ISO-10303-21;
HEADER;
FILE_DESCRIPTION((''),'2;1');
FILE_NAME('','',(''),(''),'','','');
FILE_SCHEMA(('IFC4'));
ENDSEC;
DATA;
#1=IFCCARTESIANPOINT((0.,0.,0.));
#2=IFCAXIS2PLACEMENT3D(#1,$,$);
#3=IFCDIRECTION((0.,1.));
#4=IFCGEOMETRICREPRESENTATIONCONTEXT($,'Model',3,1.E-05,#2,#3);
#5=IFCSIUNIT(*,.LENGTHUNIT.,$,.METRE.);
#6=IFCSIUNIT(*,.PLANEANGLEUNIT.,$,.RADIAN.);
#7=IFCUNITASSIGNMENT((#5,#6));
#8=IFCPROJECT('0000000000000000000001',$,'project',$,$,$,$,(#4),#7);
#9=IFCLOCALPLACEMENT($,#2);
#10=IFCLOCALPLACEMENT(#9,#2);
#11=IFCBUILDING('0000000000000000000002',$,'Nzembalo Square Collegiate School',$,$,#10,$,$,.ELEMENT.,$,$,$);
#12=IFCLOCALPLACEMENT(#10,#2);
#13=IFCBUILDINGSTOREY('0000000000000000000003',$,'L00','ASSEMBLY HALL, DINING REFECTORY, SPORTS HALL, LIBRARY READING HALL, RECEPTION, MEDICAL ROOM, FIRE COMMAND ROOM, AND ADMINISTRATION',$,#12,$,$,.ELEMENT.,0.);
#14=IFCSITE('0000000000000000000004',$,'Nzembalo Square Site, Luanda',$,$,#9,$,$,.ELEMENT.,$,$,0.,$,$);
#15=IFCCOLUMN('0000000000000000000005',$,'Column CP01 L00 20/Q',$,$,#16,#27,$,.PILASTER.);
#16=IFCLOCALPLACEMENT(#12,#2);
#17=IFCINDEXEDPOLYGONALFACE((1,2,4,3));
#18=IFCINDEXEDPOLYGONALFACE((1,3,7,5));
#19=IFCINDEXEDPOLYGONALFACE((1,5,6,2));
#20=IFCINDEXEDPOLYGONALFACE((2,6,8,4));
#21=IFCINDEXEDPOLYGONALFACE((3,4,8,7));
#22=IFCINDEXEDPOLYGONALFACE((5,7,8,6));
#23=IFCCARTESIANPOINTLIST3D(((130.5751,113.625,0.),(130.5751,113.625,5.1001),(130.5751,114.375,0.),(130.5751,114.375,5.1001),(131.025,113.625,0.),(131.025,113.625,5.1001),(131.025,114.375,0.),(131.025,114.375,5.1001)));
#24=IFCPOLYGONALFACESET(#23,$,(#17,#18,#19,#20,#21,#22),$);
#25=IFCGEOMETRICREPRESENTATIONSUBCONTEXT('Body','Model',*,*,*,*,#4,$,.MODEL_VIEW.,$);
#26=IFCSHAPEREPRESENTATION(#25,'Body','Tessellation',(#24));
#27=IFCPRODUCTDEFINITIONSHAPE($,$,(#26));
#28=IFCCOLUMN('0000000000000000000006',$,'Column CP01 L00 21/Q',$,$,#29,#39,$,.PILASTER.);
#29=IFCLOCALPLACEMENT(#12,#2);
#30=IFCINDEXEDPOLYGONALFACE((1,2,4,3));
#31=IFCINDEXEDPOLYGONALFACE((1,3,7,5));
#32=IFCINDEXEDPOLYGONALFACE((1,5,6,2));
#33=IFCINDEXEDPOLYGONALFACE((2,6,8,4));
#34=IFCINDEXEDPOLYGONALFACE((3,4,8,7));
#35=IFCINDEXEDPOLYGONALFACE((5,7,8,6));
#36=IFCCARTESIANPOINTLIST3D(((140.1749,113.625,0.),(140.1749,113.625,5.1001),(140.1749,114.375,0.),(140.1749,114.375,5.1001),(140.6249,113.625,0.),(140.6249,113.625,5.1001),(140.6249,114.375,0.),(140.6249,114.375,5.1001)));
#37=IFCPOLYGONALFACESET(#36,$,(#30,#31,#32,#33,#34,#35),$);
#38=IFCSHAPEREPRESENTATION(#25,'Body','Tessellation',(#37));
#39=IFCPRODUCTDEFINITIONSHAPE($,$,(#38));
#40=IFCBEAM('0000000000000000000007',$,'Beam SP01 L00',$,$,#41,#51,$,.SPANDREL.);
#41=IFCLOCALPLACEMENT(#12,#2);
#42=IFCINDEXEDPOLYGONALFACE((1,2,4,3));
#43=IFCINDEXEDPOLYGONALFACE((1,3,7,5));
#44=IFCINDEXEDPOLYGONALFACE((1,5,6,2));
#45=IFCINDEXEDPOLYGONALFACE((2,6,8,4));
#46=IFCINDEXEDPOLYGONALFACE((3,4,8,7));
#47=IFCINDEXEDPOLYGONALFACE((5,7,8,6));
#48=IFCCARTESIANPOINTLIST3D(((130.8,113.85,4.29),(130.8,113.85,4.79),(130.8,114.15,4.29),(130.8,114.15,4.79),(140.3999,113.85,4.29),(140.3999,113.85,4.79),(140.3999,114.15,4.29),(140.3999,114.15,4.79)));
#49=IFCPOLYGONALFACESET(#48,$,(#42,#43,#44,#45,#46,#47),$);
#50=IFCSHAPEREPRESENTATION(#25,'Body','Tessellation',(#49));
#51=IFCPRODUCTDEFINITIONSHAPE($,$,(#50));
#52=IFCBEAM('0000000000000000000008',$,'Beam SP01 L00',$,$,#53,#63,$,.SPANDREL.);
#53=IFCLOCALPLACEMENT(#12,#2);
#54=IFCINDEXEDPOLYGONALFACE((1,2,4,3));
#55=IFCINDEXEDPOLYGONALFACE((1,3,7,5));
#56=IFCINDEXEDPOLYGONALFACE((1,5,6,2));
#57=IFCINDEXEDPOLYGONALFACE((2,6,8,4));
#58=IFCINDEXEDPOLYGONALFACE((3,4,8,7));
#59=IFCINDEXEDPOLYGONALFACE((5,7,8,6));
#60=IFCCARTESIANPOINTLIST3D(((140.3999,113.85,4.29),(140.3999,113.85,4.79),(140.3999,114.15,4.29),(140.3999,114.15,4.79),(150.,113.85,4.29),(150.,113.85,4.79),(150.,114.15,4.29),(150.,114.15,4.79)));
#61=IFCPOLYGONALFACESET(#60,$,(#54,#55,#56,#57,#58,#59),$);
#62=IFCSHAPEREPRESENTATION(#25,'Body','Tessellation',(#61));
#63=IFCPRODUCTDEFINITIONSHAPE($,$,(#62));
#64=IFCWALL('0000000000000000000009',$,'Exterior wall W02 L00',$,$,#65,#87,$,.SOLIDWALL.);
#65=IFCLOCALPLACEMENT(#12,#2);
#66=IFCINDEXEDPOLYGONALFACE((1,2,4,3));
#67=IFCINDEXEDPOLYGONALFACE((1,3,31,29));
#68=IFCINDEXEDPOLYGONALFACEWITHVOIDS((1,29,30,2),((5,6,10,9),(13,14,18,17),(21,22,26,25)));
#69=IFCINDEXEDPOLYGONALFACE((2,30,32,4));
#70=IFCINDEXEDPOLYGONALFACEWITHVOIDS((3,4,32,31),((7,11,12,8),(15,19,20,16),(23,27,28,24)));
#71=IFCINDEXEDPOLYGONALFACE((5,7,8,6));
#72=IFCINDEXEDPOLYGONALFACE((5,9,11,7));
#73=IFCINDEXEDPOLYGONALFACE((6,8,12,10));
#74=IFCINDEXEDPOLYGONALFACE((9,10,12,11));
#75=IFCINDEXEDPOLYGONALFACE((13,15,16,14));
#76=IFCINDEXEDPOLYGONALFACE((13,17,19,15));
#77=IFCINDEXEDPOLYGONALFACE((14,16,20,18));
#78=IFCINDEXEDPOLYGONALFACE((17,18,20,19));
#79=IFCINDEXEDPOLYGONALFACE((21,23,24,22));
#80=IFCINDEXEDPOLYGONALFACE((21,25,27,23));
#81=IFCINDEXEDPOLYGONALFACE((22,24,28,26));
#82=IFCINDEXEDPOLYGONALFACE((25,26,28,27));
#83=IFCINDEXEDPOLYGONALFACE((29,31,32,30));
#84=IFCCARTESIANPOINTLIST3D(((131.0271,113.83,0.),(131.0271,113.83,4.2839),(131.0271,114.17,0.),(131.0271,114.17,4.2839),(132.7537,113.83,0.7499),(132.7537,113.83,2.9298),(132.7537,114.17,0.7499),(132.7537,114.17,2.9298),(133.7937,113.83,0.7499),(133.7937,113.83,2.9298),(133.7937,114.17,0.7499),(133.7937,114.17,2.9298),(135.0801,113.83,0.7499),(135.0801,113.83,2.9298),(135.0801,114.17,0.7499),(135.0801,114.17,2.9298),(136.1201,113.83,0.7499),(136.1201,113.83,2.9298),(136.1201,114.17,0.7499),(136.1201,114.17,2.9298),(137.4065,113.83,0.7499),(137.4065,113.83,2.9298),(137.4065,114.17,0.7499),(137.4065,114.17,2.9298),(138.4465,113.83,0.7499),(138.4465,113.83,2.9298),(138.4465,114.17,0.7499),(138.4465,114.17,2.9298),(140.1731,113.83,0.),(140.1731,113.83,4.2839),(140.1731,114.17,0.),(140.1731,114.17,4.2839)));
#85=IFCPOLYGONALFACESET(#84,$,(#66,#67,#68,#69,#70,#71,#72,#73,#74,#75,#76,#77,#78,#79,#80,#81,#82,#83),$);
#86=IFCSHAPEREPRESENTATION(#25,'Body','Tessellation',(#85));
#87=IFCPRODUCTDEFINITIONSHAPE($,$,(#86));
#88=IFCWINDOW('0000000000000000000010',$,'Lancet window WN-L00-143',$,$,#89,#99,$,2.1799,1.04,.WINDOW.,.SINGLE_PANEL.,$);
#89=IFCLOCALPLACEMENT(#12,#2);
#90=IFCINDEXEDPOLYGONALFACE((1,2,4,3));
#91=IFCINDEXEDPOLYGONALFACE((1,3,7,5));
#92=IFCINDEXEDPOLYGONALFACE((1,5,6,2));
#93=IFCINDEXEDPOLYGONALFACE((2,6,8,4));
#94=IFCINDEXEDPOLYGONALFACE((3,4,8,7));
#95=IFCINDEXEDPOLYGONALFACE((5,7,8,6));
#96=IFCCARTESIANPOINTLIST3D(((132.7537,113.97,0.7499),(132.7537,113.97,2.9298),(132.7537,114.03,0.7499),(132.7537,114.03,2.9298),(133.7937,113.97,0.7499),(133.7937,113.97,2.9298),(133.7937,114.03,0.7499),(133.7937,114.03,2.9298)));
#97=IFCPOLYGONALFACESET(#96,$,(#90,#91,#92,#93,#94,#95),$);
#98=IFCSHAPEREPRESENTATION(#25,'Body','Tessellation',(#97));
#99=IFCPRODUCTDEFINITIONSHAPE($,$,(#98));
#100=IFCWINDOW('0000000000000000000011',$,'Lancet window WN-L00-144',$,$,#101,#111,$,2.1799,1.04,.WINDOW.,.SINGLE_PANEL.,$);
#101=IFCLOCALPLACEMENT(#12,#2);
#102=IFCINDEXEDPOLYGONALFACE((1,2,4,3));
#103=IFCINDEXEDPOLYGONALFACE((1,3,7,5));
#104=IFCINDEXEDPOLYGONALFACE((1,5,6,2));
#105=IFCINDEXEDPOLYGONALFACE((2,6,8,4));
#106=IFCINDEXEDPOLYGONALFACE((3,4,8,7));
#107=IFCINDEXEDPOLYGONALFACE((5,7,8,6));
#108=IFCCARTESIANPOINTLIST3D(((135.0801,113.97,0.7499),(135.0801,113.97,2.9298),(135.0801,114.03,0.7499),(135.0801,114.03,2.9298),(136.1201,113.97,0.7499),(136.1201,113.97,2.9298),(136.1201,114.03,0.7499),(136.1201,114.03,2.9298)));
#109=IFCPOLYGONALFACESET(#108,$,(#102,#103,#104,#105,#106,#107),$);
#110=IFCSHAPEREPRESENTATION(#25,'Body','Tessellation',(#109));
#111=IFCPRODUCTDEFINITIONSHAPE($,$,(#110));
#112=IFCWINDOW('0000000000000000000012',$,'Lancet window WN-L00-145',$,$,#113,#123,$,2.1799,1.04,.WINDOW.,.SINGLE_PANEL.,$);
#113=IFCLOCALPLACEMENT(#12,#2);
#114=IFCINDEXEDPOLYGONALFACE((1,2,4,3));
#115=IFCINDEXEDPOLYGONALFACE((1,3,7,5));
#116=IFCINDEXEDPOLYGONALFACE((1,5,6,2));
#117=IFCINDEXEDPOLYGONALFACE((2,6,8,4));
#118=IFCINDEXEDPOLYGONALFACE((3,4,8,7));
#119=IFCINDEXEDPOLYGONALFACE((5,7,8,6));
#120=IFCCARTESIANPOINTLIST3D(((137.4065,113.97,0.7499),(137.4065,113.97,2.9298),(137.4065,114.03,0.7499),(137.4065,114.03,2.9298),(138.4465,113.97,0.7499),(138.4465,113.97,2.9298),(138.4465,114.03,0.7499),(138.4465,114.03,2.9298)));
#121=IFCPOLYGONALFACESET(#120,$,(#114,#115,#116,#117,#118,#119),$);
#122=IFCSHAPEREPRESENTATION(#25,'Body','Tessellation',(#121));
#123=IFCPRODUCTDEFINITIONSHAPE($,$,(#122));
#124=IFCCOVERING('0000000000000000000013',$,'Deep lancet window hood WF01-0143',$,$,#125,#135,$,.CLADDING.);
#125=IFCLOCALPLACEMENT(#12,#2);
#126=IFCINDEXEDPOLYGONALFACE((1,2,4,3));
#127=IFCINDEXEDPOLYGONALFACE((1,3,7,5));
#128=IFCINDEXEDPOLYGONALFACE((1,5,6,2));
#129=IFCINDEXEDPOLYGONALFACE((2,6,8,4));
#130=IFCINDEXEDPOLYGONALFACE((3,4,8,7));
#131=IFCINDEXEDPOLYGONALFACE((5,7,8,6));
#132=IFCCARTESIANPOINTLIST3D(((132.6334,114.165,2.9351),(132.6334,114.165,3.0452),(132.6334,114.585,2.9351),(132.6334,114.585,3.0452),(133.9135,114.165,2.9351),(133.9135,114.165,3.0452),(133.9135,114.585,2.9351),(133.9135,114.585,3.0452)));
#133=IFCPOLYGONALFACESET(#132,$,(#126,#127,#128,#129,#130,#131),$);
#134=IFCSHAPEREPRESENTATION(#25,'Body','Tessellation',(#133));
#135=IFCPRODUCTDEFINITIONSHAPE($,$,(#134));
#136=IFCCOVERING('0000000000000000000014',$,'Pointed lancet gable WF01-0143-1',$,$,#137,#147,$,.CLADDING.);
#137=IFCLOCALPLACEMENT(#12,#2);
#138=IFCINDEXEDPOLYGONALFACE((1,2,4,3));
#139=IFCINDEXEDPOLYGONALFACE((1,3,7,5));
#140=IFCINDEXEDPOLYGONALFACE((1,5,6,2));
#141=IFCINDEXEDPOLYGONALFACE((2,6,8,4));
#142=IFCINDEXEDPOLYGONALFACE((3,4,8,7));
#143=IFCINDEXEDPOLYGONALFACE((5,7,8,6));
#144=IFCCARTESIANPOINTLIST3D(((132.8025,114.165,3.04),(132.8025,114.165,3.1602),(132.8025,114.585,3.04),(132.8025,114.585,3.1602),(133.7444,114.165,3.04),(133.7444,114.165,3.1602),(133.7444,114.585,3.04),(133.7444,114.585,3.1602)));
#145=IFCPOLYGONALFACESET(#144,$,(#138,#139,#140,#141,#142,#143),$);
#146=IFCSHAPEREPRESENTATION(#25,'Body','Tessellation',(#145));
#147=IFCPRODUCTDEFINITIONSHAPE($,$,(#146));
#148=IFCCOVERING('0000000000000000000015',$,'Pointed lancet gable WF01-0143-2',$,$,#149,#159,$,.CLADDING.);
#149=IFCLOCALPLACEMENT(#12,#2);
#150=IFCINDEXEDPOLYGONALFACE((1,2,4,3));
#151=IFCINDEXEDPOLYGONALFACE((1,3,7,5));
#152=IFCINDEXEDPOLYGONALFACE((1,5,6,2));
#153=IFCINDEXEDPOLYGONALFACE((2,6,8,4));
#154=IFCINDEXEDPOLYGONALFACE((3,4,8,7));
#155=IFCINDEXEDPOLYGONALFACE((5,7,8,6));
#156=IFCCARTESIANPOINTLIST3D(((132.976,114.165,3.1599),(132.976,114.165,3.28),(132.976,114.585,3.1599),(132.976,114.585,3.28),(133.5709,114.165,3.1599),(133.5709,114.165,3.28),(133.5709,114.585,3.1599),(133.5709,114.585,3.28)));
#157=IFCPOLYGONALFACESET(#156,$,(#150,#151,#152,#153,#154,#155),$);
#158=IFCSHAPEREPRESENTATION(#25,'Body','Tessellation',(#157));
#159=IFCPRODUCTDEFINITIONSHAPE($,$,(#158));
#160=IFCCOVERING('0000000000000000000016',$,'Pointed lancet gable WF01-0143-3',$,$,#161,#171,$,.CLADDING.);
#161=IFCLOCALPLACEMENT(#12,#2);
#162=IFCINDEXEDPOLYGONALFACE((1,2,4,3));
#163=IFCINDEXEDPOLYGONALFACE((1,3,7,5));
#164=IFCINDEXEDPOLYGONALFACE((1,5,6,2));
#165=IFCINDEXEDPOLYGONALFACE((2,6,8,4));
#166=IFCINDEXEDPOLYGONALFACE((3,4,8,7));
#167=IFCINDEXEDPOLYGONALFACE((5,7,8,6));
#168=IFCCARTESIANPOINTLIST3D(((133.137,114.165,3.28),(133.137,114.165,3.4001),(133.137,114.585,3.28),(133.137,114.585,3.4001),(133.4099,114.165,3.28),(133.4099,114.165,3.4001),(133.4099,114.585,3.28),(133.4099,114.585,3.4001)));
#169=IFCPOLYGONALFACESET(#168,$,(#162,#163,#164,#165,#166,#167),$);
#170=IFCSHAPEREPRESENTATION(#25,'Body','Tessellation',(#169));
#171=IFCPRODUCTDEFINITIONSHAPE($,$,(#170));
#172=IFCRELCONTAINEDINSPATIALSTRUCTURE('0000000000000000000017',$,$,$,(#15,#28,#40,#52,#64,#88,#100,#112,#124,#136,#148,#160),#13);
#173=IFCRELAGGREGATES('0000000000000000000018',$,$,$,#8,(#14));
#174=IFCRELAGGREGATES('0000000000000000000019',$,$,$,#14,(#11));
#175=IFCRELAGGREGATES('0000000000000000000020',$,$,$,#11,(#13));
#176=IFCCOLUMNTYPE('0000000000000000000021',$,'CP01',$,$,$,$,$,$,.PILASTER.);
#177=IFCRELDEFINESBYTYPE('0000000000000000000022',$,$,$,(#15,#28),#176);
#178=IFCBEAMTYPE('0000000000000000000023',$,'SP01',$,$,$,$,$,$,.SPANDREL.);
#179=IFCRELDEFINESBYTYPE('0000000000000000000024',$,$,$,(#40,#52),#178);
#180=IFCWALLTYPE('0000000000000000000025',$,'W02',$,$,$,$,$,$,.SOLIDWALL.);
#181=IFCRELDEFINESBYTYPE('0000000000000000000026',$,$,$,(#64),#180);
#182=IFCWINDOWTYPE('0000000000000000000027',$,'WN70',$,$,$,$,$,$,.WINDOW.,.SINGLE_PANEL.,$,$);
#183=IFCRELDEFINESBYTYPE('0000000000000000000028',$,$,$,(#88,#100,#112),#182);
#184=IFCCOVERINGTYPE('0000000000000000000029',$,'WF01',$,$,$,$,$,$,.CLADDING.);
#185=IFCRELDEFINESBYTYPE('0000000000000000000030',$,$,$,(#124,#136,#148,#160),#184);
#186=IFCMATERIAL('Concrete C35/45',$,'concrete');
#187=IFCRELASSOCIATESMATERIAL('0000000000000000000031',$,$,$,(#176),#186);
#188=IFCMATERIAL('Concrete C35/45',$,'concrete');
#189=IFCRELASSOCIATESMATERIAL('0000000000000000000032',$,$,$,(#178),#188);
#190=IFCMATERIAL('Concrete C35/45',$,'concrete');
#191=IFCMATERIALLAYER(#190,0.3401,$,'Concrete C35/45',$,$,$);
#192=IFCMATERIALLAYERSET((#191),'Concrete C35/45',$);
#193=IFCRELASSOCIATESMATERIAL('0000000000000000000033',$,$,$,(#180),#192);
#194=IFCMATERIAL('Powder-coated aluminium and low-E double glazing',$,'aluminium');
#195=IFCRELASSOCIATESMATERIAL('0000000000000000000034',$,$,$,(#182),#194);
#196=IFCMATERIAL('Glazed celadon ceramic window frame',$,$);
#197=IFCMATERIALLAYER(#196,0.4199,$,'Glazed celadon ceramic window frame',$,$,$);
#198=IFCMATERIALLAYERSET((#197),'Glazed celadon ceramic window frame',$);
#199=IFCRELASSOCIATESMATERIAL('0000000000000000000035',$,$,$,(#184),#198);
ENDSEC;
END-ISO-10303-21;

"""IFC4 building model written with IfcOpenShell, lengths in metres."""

from ifc_helpers import new_model, si_unit, direction, frame, frame_2d, origin, origin_2d, place, context, subcontext, project, spatial, rectangle, extrude, material, layer, layer_set, material_profile, profile_set, type_object, element, fill, save


model = new_model("IFC4")

# Units and contexts
model_context = context("Model", 3, precision=1e-05, world=origin(), true_north=direction((0.0, 1.0)))
body_context = subcontext(model_context, "Body", "Model", "MODEL_VIEW")
ifc_project = project(units=[si_unit("LENGTHUNIT", "METRE"), si_unit("PLANEANGLEUNIT", "RADIAN")], contexts=[model_context])

# Site, building, storey
site_placement = place(None, origin())
site = spatial("IfcSite", under=ifc_project, at=site_placement, Name="Nzembalo Square Site, Luanda", CompositionType="ELEMENT", RefElevation=0.0)
building_placement = place(site_placement, origin())
building = spatial("IfcBuilding", under=site, at=building_placement, Name="Nzembalo Square Collegiate School", CompositionType="ELEMENT")
storey_placement = place(building_placement, origin())
storey = spatial("IfcBuildingStorey", under=building, at=storey_placement, Name="L00", Description="ASSEMBLY HALL, DINING REFECTORY, SPORTS HALL, LIBRARY READING HALL, RECEPTION, MEDICAL ROOM, FIRE COMMAND ROOM, AND ADMINISTRATION", CompositionType="ELEMENT", Elevation=0.0)

# Columns
ifc_material_1 = material(Name="Concrete C35/45", Category="concrete")
ifc_material_profile_1 = material_profile(ifc_material_1, rectangle(XDim=0.45, YDim=0.75, at=origin_2d()), Name="RC 450x750")
ifc_profile_set_1 = profile_set([ifc_material_profile_1], Name="Concrete C35/45")
column_type = type_object("IfcColumnType", Name="CP01", PredefinedType="PILASTER", material=ifc_profile_set_1)
for number, where, z_axis, x_axis, name in (
    (1, (130.8, 114.0, 0.0), (0.0, 0.0, 1.0), (1.0, 0.0, 0.0), "Column CP01 L00 20/Q"),
    (2, (140.3999, 114.0, 0.0), (0.0, 0.0, 1.0), (1.0, 0.0, 0.0), "Column CP01 L00 21/Q"),
):
    element("IfcColumn", number, at=place(storey_placement, frame(where, z_axis=z_axis, x_axis=x_axis)), inside=storey, type_object=column_type, Name=name, PredefinedType="PILASTER", context=body_context, shape_type="SweptSolid", body=[
        extrude(rectangle(XDim=0.45, YDim=0.75, at=origin_2d()), origin(), (0.0, 0.0, 1.0), 5.1001),
    ])

# Beams
ifc_material_2 = material(Name="Concrete C35/45", Category="concrete")
ifc_material_profile_2 = material_profile(ifc_material_2, rectangle(XDim=0.3, YDim=0.5, at=origin_2d()), Name="RC 300x500")
ifc_profile_set_2 = profile_set([ifc_material_profile_2], Name="Concrete C35/45")
beam_type = type_object("IfcBeamType", Name="SP01", PredefinedType="SPANDREL", material=ifc_profile_set_2)
beam_1_placement = place(storey_placement, frame((130.8, 114.0, 4.54), z_axis=(1.0, 0.0, 0.0), x_axis=(0.0, 1.0, 0.0)))
element("IfcBeam", 3, at=beam_1_placement, inside=storey, type_object=beam_type, Name="Beam SP01 L00", PredefinedType="SPANDREL", context=body_context, shape_type="SweptSolid", body=[
    extrude(rectangle(XDim=0.3, YDim=0.5, at=origin_2d()), origin(), (0.0, 0.0, 1.0), 9.5999),
])
beam_2_placement = place(storey_placement, frame((140.3999, 114.0, 4.54), z_axis=(1.0, 0.0, 0.0), x_axis=(0.0, 1.0, 0.0)))
element("IfcBeam", 4, at=beam_2_placement, inside=storey, type_object=beam_type, Name="Beam SP01 L00", PredefinedType="SPANDREL", context=body_context, shape_type="SweptSolid", body=[
    extrude(rectangle(XDim=0.3, YDim=0.5, at=origin_2d()), origin(), (0.0, 0.0, 1.0), 9.6001),
])

# Wall, openings, windows
ifc_material_3 = material(Name="Concrete C35/45", Category="concrete")
ifc_layer_1 = layer(ifc_material_3, 0.3401, Name="Concrete C35/45")
ifc_layer_set_1 = layer_set([ifc_layer_1], Name="Concrete C35/45")
wall_type = type_object("IfcWallType", Name="W02", PredefinedType="SOLIDWALL", material=ifc_layer_set_1)
wall_placement = place(storey_placement, frame((131.0271, 114.0, 0.0), z_axis=(0.0, 0.0, 1.0), x_axis=(1.0, 0.0, 0.0)))
wall = element("IfcWall", 5, at=wall_placement, inside=storey, type_object=wall_type, Name="Exterior wall W02 L00", PredefinedType="SOLIDWALL", context=body_context, shape_type="SweptSolid", body=[
    extrude(rectangle(XDim=9.146, YDim=0.3401, at=frame_2d((4.573, 0.0))), origin(), (0.0, 0.0, 1.0), 4.2839),
])
opening_1_placement = place(wall_placement, frame((1.7266, 0.0, 0.75)))
opening_1 = element("IfcOpeningElement", 6, at=opening_1_placement, cuts=wall, PredefinedType="OPENING", context=body_context, shape_type="SweptSolid", body=[
    extrude(rectangle(XDim=1.04, YDim=2.1799, at=frame_2d((0.52, 1.0898))), frame((0.0, 0.1802, 0.0), z_axis=(0.0, -1.0, 0.0), x_axis=(1.0, 0.0, 0.0)), (0.0, 0.0, 1.0), 0.3601),
])
opening_2_placement = place(wall_placement, frame((4.053, 0.0, 0.75)))
opening_2 = element("IfcOpeningElement", 7, at=opening_2_placement, cuts=wall, PredefinedType="OPENING", context=body_context, shape_type="SweptSolid", body=[
    extrude(rectangle(XDim=1.04, YDim=2.1799, at=frame_2d((0.52, 1.0898))), frame((0.0, 0.1802, 0.0), z_axis=(0.0, -1.0, 0.0), x_axis=(1.0, 0.0, 0.0)), (0.0, 0.0, 1.0), 0.3601),
])
opening_3_placement = place(wall_placement, frame((6.3794, 0.0, 0.75)))
opening_3 = element("IfcOpeningElement", 8, at=opening_3_placement, cuts=wall, PredefinedType="OPENING", context=body_context, shape_type="SweptSolid", body=[
    extrude(rectangle(XDim=1.04, YDim=2.1799, at=frame_2d((0.52, 1.0898))), frame((0.0, 0.1802, 0.0), z_axis=(0.0, -1.0, 0.0), x_axis=(1.0, 0.0, 0.0)), (0.0, 0.0, 1.0), 0.3601),
])
ifc_material_4 = material(Name="Powder-coated aluminium and low-E double glazing", Category="aluminium")
window_type = type_object("IfcWindowType", Name="WN70", PartitioningType="SINGLE_PANEL", PredefinedType="WINDOW", material=ifc_material_4)
window_1_placement = place(opening_1_placement, origin())
window_1 = element("IfcWindow", 9, at=window_1_placement, inside=storey, type_object=window_type, Name="Lancet window WN-L00-143", OverallHeight=2.1799, OverallWidth=1.04, PartitioningType="SINGLE_PANEL", PredefinedType="WINDOW", context=body_context, shape_type="SweptSolid", body=[
    extrude(rectangle(XDim=1.04, YDim=2.1799, at=frame_2d((0.52, 1.0898))), frame((0.0, 0.03, 0.0), z_axis=(0.0, -1.0, 0.0), x_axis=(1.0, 0.0, 0.0)), (0.0, 0.0, 1.0), 0.0601),
])
fill(opening_1, window_1)
window_2_placement = place(opening_2_placement, origin())
window_2 = element("IfcWindow", 10, at=window_2_placement, inside=storey, type_object=window_type, Name="Lancet window WN-L00-144", OverallHeight=2.1799, OverallWidth=1.04, PartitioningType="SINGLE_PANEL", PredefinedType="WINDOW", context=body_context, shape_type="SweptSolid", body=[
    extrude(rectangle(XDim=1.04, YDim=2.1799, at=frame_2d((0.52, 1.0898))), frame((0.0, 0.03, 0.0), z_axis=(0.0, -1.0, 0.0), x_axis=(1.0, 0.0, 0.0)), (0.0, 0.0, 1.0), 0.0601),
])
fill(opening_2, window_2)
window_3_placement = place(opening_3_placement, origin())
window_3 = element("IfcWindow", 11, at=window_3_placement, inside=storey, type_object=window_type, Name="Lancet window WN-L00-145", OverallHeight=2.1799, OverallWidth=1.04, PartitioningType="SINGLE_PANEL", PredefinedType="WINDOW", context=body_context, shape_type="SweptSolid", body=[
    extrude(rectangle(XDim=1.04, YDim=2.1799, at=frame_2d((0.52, 1.0898))), frame((0.0, 0.03, 0.0), z_axis=(0.0, -1.0, 0.0), x_axis=(1.0, 0.0, 0.0)), (0.0, 0.0, 1.0), 0.0601),
])
fill(opening_3, window_3)

# Coverings
ifc_material_5 = material(Name="Glazed celadon ceramic window frame")
ifc_layer_2 = layer(ifc_material_5, 0.4199, Name="Glazed celadon ceramic window frame")
ifc_layer_set_2 = layer_set([ifc_layer_2], Name="Glazed celadon ceramic window frame")
covering_type = type_object("IfcCoveringType", Name="WF01", PredefinedType="CLADDING", material=ifc_layer_set_2)
covering_1_placement = place(storey_placement, frame((133.2734, 114.375, 2.9351), z_axis=(0.0, 0.0, 1.0), x_axis=(1.0, 0.0, 0.0)))
element("IfcCovering", 12, at=covering_1_placement, inside=storey, type_object=covering_type, Name="Deep lancet window hood WF01-0143", PredefinedType="CLADDING", context=body_context, shape_type="SweptSolid", body=[
    extrude(rectangle(XDim=1.28, YDim=0.4199, at=origin_2d()), origin(), (0.0, 0.0, 1.0), 0.1101),
])
covering_2_placement = place(storey_placement, frame((133.2734, 114.375, 3.04), z_axis=(0.0, 0.0, 1.0), x_axis=(1.0, 0.0, 0.0)))
element("IfcCovering", 13, at=covering_2_placement, inside=storey, type_object=covering_type, Name="Pointed lancet gable WF01-0143-1", PredefinedType="CLADDING", context=body_context, shape_type="SweptSolid", body=[
    extrude(rectangle(XDim=0.9419, YDim=0.4199, at=origin_2d()), origin(), (0.0, 0.0, 1.0), 0.1201),
])
covering_3_placement = place(storey_placement, frame((133.2734, 114.375, 3.1599), z_axis=(0.0, 0.0, 1.0), x_axis=(1.0, 0.0, 0.0)))
element("IfcCovering", 14, at=covering_3_placement, inside=storey, type_object=covering_type, Name="Pointed lancet gable WF01-0143-2", PredefinedType="CLADDING", context=body_context, shape_type="SweptSolid", body=[
    extrude(rectangle(XDim=0.595, YDim=0.4199, at=origin_2d()), origin(), (0.0, 0.0, 1.0), 0.1201),
])
covering_4_placement = place(storey_placement, frame((133.2734, 114.375, 3.28), z_axis=(0.0, 0.0, 1.0), x_axis=(1.0, 0.0, 0.0)))
element("IfcCovering", 15, at=covering_4_placement, inside=storey, type_object=covering_type, Name="Pointed lancet gable WF01-0143-3", PredefinedType="CLADDING", context=body_context, shape_type="SweptSolid", body=[
    extrude(rectangle(XDim=0.2729, YDim=0.4199, at=origin_2d()), origin(), (0.0, 0.0, 1.0), 0.1201),
])

save(model, "model.ifc")
